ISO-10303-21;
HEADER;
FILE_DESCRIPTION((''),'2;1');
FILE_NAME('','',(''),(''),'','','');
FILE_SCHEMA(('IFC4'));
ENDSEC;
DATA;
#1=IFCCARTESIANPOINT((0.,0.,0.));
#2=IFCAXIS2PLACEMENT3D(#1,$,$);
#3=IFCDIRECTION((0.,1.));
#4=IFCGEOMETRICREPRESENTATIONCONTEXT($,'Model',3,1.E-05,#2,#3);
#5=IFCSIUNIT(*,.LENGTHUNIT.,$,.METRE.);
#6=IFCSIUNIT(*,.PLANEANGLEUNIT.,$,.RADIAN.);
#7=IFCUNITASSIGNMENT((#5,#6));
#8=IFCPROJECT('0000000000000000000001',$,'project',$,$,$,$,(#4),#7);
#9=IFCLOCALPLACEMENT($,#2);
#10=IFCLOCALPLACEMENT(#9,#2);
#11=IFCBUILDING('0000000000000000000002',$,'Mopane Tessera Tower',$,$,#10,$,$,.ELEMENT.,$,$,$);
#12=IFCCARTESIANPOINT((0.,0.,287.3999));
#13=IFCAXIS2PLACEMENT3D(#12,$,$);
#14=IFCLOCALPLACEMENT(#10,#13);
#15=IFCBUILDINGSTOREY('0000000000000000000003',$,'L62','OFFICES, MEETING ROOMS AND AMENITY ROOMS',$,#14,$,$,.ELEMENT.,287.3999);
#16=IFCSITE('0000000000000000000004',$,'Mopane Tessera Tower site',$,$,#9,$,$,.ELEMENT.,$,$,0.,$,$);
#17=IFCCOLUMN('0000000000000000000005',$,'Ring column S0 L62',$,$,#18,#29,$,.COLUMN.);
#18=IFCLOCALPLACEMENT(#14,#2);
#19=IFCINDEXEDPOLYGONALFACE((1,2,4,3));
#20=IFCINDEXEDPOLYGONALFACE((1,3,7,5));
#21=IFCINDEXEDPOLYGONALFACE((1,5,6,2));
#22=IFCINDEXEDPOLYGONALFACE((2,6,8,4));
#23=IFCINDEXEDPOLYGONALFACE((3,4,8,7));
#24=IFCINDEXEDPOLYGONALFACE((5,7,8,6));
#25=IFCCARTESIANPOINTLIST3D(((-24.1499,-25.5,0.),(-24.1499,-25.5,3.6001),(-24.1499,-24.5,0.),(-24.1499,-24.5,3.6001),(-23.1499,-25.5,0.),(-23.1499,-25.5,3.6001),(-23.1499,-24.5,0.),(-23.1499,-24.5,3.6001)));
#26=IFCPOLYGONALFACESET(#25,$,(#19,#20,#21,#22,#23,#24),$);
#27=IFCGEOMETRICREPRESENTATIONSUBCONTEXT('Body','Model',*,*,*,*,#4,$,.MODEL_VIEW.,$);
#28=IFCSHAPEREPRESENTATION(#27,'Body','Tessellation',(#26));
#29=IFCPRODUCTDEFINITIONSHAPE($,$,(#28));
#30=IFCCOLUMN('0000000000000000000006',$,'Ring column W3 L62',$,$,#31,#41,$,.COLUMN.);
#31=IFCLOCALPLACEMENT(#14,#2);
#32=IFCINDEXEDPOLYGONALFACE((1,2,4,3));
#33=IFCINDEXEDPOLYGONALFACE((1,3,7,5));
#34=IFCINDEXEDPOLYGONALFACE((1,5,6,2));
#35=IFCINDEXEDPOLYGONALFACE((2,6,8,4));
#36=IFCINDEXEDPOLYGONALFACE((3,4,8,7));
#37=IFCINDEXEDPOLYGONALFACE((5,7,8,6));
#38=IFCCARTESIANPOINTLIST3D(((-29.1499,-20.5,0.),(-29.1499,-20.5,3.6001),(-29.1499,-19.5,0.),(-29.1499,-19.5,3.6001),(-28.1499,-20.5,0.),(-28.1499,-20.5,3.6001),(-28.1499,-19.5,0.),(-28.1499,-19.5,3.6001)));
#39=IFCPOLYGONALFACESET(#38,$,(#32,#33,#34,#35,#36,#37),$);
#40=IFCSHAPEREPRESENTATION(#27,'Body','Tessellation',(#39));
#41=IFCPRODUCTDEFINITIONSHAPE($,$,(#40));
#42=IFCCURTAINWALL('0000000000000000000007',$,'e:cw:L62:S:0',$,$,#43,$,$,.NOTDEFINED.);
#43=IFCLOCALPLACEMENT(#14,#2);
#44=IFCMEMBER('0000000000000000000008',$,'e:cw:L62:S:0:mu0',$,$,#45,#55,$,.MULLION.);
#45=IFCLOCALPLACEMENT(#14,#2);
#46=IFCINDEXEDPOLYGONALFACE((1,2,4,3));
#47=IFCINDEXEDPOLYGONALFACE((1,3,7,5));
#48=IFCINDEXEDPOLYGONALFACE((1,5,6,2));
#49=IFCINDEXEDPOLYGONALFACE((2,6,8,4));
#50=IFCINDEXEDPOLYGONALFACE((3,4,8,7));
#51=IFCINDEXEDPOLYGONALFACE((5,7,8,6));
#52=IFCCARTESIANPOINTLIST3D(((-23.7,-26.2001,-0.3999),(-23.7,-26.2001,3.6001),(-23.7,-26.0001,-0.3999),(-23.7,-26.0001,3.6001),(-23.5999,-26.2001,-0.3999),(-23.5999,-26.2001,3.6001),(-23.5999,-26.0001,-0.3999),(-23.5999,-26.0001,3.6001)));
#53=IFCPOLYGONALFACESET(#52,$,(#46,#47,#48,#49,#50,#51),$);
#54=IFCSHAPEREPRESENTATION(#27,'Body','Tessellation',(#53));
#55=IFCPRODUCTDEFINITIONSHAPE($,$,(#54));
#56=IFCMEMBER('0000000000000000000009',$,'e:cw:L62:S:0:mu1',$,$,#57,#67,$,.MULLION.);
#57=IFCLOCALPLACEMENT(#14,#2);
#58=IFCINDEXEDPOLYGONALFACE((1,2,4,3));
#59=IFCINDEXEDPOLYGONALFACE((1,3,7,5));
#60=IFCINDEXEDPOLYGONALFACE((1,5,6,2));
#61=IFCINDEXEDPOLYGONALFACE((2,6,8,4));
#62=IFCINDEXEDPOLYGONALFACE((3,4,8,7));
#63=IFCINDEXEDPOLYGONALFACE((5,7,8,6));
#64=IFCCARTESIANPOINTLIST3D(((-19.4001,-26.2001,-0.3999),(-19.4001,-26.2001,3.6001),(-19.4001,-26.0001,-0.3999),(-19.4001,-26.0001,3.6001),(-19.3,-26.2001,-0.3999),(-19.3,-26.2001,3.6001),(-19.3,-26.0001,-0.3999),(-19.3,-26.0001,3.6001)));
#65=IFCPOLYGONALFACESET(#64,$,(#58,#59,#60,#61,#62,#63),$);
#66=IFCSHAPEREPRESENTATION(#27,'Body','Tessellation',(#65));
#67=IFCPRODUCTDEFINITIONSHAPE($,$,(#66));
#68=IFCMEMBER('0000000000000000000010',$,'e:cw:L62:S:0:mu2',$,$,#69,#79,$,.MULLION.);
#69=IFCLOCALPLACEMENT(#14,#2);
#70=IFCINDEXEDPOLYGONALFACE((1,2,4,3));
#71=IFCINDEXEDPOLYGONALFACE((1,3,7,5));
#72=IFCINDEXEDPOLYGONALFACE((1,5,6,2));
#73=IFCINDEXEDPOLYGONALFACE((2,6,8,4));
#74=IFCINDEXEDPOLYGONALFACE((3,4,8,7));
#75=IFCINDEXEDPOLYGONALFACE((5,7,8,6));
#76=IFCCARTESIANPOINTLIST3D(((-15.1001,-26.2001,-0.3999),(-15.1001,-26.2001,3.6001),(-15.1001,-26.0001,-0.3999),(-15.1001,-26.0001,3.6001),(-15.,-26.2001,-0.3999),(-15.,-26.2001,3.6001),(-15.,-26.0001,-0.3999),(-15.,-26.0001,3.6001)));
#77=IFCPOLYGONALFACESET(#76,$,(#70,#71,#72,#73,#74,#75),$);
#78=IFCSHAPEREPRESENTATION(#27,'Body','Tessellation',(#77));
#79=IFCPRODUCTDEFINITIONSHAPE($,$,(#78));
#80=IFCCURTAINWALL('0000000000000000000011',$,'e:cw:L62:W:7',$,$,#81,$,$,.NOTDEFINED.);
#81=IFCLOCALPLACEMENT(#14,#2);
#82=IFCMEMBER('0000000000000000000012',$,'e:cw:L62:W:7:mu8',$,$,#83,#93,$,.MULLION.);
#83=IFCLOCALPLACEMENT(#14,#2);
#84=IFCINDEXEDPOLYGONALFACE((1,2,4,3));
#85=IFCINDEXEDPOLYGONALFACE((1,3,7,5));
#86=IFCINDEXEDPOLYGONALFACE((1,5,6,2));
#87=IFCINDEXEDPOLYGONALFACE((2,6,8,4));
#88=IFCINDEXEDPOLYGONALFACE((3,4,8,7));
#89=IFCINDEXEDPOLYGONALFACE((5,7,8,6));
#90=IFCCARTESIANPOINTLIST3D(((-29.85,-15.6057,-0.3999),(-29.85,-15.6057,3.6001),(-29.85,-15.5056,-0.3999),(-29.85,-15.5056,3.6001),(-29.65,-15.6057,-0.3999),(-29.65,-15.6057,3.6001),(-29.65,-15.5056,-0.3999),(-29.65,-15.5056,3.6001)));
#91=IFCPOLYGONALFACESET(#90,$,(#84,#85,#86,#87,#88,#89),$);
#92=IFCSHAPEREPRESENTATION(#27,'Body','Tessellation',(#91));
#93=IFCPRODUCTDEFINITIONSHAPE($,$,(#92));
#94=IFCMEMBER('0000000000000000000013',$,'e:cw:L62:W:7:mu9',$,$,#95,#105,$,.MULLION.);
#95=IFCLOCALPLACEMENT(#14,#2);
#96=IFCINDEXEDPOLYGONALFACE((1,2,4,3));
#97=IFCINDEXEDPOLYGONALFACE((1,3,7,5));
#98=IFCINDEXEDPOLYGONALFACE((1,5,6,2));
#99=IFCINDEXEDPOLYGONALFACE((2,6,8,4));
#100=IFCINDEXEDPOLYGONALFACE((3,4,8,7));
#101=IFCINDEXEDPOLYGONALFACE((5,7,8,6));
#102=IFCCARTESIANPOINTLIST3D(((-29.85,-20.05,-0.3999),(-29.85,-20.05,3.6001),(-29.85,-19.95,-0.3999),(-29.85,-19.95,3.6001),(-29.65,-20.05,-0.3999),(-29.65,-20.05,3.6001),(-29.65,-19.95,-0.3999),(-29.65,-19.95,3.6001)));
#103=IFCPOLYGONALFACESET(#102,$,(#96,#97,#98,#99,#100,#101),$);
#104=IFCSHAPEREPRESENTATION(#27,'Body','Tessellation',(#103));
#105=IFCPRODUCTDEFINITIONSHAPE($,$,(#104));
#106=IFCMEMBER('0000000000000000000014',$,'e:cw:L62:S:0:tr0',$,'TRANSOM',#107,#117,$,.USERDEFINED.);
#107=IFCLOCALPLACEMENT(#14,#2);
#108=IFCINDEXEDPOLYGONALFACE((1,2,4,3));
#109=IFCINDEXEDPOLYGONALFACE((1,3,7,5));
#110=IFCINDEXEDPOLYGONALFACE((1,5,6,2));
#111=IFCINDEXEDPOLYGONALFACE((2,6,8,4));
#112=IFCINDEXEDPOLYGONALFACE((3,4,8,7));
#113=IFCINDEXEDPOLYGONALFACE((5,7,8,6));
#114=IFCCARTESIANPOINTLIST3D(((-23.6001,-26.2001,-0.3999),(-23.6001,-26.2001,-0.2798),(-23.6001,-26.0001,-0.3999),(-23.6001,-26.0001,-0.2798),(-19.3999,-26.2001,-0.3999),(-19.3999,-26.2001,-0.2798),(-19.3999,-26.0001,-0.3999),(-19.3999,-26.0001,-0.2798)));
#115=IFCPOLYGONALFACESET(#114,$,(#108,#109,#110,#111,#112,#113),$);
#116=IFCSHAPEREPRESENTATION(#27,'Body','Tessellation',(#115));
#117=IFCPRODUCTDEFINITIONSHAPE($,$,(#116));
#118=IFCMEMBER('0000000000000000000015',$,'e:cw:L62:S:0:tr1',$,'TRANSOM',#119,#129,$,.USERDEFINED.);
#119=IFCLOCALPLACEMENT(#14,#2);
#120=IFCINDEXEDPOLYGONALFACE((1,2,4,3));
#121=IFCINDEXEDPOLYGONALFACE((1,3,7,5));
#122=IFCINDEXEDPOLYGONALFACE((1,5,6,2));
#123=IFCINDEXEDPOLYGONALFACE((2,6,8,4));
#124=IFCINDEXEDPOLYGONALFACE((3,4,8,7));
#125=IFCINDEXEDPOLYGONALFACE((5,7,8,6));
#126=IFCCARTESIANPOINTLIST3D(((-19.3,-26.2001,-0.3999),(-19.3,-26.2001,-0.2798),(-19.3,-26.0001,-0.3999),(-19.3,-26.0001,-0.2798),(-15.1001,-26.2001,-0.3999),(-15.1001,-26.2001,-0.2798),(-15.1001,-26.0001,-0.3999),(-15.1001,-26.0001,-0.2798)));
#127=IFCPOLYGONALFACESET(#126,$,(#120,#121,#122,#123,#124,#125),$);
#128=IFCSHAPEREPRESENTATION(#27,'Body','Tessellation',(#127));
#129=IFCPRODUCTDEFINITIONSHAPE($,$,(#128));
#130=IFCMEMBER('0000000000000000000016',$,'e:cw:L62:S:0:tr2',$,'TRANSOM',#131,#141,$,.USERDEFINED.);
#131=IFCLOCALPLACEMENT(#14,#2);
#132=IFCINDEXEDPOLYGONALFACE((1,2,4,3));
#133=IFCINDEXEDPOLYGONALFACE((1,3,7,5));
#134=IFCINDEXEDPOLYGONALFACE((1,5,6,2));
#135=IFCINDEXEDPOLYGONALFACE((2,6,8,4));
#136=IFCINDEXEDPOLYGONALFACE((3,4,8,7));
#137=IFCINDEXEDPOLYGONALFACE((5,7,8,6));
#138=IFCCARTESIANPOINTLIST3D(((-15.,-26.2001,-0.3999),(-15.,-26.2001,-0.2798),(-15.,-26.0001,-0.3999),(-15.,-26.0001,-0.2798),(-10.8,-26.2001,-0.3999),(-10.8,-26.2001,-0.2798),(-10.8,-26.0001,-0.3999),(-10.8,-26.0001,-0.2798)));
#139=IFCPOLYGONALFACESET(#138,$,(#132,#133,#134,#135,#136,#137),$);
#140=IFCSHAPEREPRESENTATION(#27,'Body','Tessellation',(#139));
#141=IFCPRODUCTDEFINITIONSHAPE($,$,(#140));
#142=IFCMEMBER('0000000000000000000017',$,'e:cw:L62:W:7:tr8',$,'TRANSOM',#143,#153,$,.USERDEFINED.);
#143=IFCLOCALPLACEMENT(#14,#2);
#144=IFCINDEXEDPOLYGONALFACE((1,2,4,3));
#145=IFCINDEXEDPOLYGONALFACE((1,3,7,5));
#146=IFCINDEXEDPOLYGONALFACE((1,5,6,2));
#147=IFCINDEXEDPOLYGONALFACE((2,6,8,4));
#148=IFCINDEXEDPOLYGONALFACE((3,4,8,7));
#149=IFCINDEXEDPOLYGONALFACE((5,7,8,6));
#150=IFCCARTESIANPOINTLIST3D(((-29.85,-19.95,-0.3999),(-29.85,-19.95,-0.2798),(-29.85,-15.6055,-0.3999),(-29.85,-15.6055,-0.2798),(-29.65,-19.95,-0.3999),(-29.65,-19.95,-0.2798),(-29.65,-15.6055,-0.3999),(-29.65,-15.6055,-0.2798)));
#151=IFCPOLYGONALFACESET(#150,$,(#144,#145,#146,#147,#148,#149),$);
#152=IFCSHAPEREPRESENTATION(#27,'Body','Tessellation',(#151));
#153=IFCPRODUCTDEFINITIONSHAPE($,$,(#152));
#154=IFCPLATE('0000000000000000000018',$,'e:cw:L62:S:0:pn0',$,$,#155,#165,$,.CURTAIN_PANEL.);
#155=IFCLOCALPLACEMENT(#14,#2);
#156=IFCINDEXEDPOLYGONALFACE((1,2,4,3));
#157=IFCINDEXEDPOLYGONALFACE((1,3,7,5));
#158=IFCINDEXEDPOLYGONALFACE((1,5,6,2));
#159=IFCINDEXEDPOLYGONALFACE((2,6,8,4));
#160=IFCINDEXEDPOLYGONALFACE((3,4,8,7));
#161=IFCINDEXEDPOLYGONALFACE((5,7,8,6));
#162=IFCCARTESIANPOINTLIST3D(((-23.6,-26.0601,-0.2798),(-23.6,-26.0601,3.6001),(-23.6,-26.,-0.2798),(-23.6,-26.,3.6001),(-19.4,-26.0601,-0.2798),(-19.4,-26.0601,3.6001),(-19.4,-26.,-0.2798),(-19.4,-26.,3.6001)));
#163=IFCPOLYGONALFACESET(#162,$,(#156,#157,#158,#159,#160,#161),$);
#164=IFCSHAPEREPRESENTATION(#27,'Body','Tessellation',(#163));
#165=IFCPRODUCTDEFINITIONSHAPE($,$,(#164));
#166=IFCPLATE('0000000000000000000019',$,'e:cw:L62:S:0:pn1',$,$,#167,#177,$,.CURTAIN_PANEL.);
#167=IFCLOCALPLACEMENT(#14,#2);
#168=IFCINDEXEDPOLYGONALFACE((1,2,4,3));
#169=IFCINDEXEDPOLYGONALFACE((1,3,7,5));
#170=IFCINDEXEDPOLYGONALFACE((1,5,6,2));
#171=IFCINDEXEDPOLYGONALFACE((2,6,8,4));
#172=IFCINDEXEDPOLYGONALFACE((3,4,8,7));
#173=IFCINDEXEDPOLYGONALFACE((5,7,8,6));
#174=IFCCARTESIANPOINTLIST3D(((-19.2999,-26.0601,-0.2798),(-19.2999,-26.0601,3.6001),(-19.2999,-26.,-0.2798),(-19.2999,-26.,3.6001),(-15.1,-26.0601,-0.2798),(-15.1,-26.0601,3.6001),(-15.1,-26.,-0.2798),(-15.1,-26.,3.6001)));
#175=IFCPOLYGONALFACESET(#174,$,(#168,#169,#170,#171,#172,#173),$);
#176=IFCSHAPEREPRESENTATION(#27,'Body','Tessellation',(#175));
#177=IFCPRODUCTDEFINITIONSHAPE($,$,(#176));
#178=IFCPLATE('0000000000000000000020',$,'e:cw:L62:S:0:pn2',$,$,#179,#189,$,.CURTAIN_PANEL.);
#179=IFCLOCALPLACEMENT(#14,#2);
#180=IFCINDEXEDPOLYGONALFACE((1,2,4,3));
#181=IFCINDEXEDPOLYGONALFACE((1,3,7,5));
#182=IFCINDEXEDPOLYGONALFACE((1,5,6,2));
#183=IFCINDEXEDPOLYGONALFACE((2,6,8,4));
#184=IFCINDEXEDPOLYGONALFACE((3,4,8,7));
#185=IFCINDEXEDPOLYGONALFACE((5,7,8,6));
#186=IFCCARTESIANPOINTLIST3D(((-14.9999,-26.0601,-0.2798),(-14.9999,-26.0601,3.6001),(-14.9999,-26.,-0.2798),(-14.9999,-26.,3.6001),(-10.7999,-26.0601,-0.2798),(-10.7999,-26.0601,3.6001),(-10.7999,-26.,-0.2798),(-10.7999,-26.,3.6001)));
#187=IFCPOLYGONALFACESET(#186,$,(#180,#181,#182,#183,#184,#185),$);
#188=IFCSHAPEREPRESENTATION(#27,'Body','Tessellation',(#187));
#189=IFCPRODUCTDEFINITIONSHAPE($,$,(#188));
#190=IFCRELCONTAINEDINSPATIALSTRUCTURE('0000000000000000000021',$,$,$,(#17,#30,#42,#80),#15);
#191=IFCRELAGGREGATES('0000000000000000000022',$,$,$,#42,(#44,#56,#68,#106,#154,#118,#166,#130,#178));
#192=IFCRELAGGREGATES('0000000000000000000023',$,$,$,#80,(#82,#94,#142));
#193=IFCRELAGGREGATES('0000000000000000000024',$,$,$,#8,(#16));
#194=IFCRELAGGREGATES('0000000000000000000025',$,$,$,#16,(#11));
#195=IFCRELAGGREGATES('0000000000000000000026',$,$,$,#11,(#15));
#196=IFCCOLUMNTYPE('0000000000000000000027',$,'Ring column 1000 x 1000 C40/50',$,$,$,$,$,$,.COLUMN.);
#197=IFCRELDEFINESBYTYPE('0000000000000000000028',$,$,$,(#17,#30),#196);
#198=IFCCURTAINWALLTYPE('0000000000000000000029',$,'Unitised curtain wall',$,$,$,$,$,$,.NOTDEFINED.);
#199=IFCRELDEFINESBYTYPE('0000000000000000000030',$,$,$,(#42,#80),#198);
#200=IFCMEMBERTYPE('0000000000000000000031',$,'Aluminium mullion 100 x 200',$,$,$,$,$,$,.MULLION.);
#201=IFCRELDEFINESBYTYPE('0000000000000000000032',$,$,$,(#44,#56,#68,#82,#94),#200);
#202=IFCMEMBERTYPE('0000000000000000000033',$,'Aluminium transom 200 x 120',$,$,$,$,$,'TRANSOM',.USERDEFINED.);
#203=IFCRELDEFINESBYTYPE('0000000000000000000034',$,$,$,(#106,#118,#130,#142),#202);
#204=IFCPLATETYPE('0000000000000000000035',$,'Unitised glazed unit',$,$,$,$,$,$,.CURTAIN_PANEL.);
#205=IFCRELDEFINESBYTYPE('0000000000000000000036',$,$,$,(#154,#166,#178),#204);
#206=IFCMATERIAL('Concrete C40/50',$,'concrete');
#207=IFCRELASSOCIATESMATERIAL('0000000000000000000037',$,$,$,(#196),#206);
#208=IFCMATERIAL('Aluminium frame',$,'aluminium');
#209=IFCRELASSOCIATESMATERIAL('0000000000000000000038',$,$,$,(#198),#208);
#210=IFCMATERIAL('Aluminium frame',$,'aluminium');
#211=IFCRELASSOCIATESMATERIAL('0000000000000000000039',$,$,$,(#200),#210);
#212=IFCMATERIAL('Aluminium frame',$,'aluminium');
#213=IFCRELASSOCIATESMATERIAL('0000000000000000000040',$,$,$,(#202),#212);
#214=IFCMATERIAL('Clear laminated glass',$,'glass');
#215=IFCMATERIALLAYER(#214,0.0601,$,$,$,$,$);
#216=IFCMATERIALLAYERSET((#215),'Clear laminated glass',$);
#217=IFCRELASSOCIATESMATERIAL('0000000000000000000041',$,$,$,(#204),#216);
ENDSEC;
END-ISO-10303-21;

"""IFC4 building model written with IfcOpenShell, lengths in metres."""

from ifc_helpers import new_model, si_unit, direction, frame, origin, origin_2d, place, context, subcontext, project, spatial, rectangle, extrude, material, layer, layer_set, material_profile, profile_set, type_object, element, aggregate, save


model = new_model("IFC4")

# Units and contexts
model_context = context("Model", 3, precision=1e-05, world=origin(), true_north=direction((0.0, 1.0)))
body_context = subcontext(model_context, "Body", "Model", "MODEL_VIEW")
ifc_project = project(units=[si_unit("LENGTHUNIT", "METRE"), si_unit("PLANEANGLEUNIT", "RADIAN")], contexts=[model_context])

# Site, building, storey
site_placement = place(None, origin())
site = spatial("IfcSite", under=ifc_project, at=site_placement, Name="Mopane Tessera Tower site", CompositionType="ELEMENT", RefElevation=0.0)
building_placement = place(site_placement, origin())
building = spatial("IfcBuilding", under=site, at=building_placement, Name="Mopane Tessera Tower", CompositionType="ELEMENT")
storey_placement = place(building_placement, frame((0.0, 0.0, 287.3999)))
storey = spatial("IfcBuildingStorey", under=building, at=storey_placement, Name="L62", Description="OFFICES, MEETING ROOMS AND AMENITY ROOMS", CompositionType="ELEMENT", Elevation=287.3999)

# Columns
ifc_material_1 = material(Name="Concrete C40/50", Category="concrete")
ifc_material_profile_1 = material_profile(ifc_material_1, rectangle(XDim=1.0, YDim=1.0, at=origin_2d()))
ifc_profile_set_1 = profile_set([ifc_material_profile_1], Name="Concrete C40/50")
column_type = type_object("IfcColumnType", Name="Ring column 1000 x 1000 C40/50", PredefinedType="COLUMN", material=ifc_profile_set_1)
for number, where, z_axis, x_axis, name in (
    (1, (-23.6499, -25.0, 0.0), (0.0, 0.0, 1.0), (1.0, 0.0, 0.0), "Ring column S0 L62"),
    (2, (-28.6499, -20.0, 0.0), (0.0, 0.0, 1.0), (1.0, 0.0, 0.0), "Ring column W3 L62"),
):
    element("IfcColumn", number, at=place(storey_placement, frame(where, z_axis=z_axis, x_axis=x_axis)), inside=storey, type_object=column_type, Name=name, PredefinedType="COLUMN", context=body_context, shape_type="SweptSolid", body=[
        extrude(rectangle(XDim=1.0, YDim=1.0, at=origin_2d()), origin(), (0.0, 0.0, 1.0), 3.6001),
    ])

# Curtain walls, members
ifc_material_2 = material(Name="Aluminium frame", Category="aluminium")
curtain_wall_type = type_object("IfcCurtainWallType", Name="Unitised curtain wall", PredefinedType="NOTDEFINED", material=ifc_material_2)
curtain_wall_1_placement = place(storey_placement, origin())
curtain_wall_1 = element("IfcCurtainWall", 3, at=curtain_wall_1_placement, inside=storey, type_object=curtain_wall_type, Name="e:cw:L62:S:0", PredefinedType="NOTDEFINED")
ifc_material_3 = material(Name="Aluminium frame", Category="aluminium")
ifc_material_profile_2 = material_profile(ifc_material_3, rectangle(XDim=0.1001, YDim=0.2, at=origin_2d()))
ifc_profile_set_2 = profile_set([ifc_material_profile_2], Name="Aluminium frame")
member_type_1 = type_object("IfcMemberType", Name="Aluminium mullion 100 x 200", PredefinedType="MULLION", material=ifc_profile_set_2)
member_1_placement = place(storey_placement, frame((-23.6499, -26.1001, -0.3999), z_axis=(0.0, 0.0, 1.0), x_axis=(1.0, 0.0, 0.0)))
member_1 = element("IfcMember", 4, at=member_1_placement, type_object=member_type_1, Name="e:cw:L62:S:0:mu0", PredefinedType="MULLION", context=body_context, shape_type="SweptSolid", body=[
    extrude(rectangle(XDim=0.1001, YDim=0.2, at=origin_2d()), origin(), (0.0, 0.0, 1.0), 4.0),
])
member_2_placement = place(storey_placement, frame((-19.3501, -26.1001, -0.3999), z_axis=(0.0, 0.0, 1.0), x_axis=(1.0, 0.0, 0.0)))
member_2 = element("IfcMember", 5, at=member_2_placement, type_object=member_type_1, Name="e:cw:L62:S:0:mu1", PredefinedType="MULLION", context=body_context, shape_type="SweptSolid", body=[
    extrude(rectangle(XDim=0.1001, YDim=0.2, at=origin_2d()), origin(), (0.0, 0.0, 1.0), 4.0),
])
member_3_placement = place(storey_placement, frame((-15.05, -26.1001, -0.3999), z_axis=(0.0, 0.0, 1.0), x_axis=(1.0, 0.0, 0.0)))
member_3 = element("IfcMember", 6, at=member_3_placement, type_object=member_type_1, Name="e:cw:L62:S:0:mu2", PredefinedType="MULLION", context=body_context, shape_type="SweptSolid", body=[
    extrude(rectangle(XDim=0.1001, YDim=0.2, at=origin_2d()), origin(), (0.0, 0.0, 1.0), 4.0),
])
curtain_wall_2_placement = place(storey_placement, origin())
curtain_wall_2 = element("IfcCurtainWall", 7, at=curtain_wall_2_placement, inside=storey, type_object=curtain_wall_type, Name="e:cw:L62:W:7", PredefinedType="NOTDEFINED")
member_4_placement = place(storey_placement, frame((-29.75, -15.5557, -0.3999), z_axis=(0.0, 0.0, 1.0), x_axis=(0.0, -1.0, 0.0)))
member_4 = element("IfcMember", 8, at=member_4_placement, type_object=member_type_1, Name="e:cw:L62:W:7:mu8", PredefinedType="MULLION", context=body_context, shape_type="SweptSolid", body=[
    extrude(rectangle(XDim=0.1001, YDim=0.2, at=origin_2d()), origin(), (0.0, 0.0, 1.0), 4.0),
])
member_5_placement = place(storey_placement, frame((-29.75, -20.0, -0.3999), z_axis=(0.0, 0.0, 1.0), x_axis=(0.0, -1.0, 0.0)))
member_5 = element("IfcMember", 9, at=member_5_placement, type_object=member_type_1, Name="e:cw:L62:W:7:mu9", PredefinedType="MULLION", context=body_context, shape_type="SweptSolid", body=[
    extrude(rectangle(XDim=0.1001, YDim=0.2, at=origin_2d()), origin(), (0.0, 0.0, 1.0), 4.0),
])

# Members
ifc_material_4 = material(Name="Aluminium frame", Category="aluminium")
ifc_material_profile_3 = material_profile(ifc_material_4, rectangle(XDim=0.2, YDim=0.1201, at=origin_2d()))
ifc_profile_set_3 = profile_set([ifc_material_profile_3], Name="Aluminium frame")
member_type_2 = type_object("IfcMemberType", Name="Aluminium transom 200 x 120", ElementType="TRANSOM", PredefinedType="USERDEFINED", material=ifc_profile_set_3)
member_6_placement = place(storey_placement, frame((-23.6001, -26.1001, -0.3398), z_axis=(1.0, 0.0, 0.0), x_axis=(0.0, 1.0, 0.0)))
member_6 = element("IfcMember", 10, at=member_6_placement, type_object=member_type_2, Name="e:cw:L62:S:0:tr0", ObjectType="TRANSOM", PredefinedType="USERDEFINED", context=body_context, shape_type="SweptSolid", body=[
    extrude(rectangle(XDim=0.2, YDim=0.1201, at=origin_2d()), origin(), (0.0, 0.0, 1.0), 4.2002),
])
member_7_placement = place(storey_placement, frame((-19.3, -26.1001, -0.3398), z_axis=(1.0, 0.0, 0.0), x_axis=(0.0, 1.0, 0.0)))
member_7 = element("IfcMember", 11, at=member_7_placement, type_object=member_type_2, Name="e:cw:L62:S:0:tr1", ObjectType="TRANSOM", PredefinedType="USERDEFINED", context=body_context, shape_type="SweptSolid", body=[
    extrude(rectangle(XDim=0.2, YDim=0.1201, at=origin_2d()), origin(), (0.0, 0.0, 1.0), 4.2),
])
member_8_placement = place(storey_placement, frame((-15.0, -26.1001, -0.3398), z_axis=(1.0, 0.0, 0.0), x_axis=(0.0, 1.0, 0.0)))
member_8 = element("IfcMember", 12, at=member_8_placement, type_object=member_type_2, Name="e:cw:L62:S:0:tr2", ObjectType="TRANSOM", PredefinedType="USERDEFINED", context=body_context, shape_type="SweptSolid", body=[
    extrude(rectangle(XDim=0.2, YDim=0.1201, at=origin_2d()), origin(), (0.0, 0.0, 1.0), 4.2),
])
member_9_placement = place(storey_placement, frame((-29.75, -15.6055, -0.3398), z_axis=(0.0, -1.0, 0.0), x_axis=(1.0, 0.0, 0.0)))
member_9 = element("IfcMember", 13, at=member_9_placement, type_object=member_type_2, Name="e:cw:L62:W:7:tr8", ObjectType="TRANSOM", PredefinedType="USERDEFINED", context=body_context, shape_type="SweptSolid", body=[
    extrude(rectangle(XDim=0.2, YDim=0.1201, at=origin_2d()), origin(), (0.0, 0.0, 1.0), 4.3445),
])

# Plates
ifc_material_5 = material(Name="Clear laminated glass", Category="glass")
ifc_layer = layer(ifc_material_5, 0.0601)
ifc_layer_set = layer_set([ifc_layer], Name="Clear laminated glass")
plate_type = type_object("IfcPlateType", Name="Unitised glazed unit", PredefinedType="CURTAIN_PANEL", material=ifc_layer_set)
plate_1_placement = place(storey_placement, frame((-21.5, -26.03, -0.2798), z_axis=(0.0, 0.0, 1.0), x_axis=(1.0, 0.0, 0.0)))
plate_1 = element("IfcPlate", 14, at=plate_1_placement, type_object=plate_type, Name="e:cw:L62:S:0:pn0", PredefinedType="CURTAIN_PANEL", context=body_context, shape_type="SweptSolid", body=[
    extrude(rectangle(XDim=4.2, YDim=0.0601, at=origin_2d()), origin(), (0.0, 0.0, 1.0), 3.8799),
])
plate_2_placement = place(storey_placement, frame((-17.2, -26.03, -0.2798), z_axis=(0.0, 0.0, 1.0), x_axis=(1.0, 0.0, 0.0)))
plate_2 = element("IfcPlate", 15, at=plate_2_placement, type_object=plate_type, Name="e:cw:L62:S:0:pn1", PredefinedType="CURTAIN_PANEL", context=body_context, shape_type="SweptSolid", body=[
    extrude(rectangle(XDim=4.2, YDim=0.0601, at=origin_2d()), origin(), (0.0, 0.0, 1.0), 3.8799),
])
plate_3_placement = place(storey_placement, frame((-12.8999, -26.03, -0.2798), z_axis=(0.0, 0.0, 1.0), x_axis=(1.0, 0.0, 0.0)))
plate_3 = element("IfcPlate", 16, at=plate_3_placement, type_object=plate_type, Name="e:cw:L62:S:0:pn2", PredefinedType="CURTAIN_PANEL", context=body_context, shape_type="SweptSolid", body=[
    extrude(rectangle(XDim=4.2, YDim=0.0601, at=origin_2d()), origin(), (0.0, 0.0, 1.0), 3.8799),
])
aggregate(curtain_wall_1, [member_1, member_2, member_3, member_6, plate_1, member_7, plate_2, member_8, plate_3])
aggregate(curtain_wall_2, [member_4, member_5, member_9])

save(model, "model.ifc")
